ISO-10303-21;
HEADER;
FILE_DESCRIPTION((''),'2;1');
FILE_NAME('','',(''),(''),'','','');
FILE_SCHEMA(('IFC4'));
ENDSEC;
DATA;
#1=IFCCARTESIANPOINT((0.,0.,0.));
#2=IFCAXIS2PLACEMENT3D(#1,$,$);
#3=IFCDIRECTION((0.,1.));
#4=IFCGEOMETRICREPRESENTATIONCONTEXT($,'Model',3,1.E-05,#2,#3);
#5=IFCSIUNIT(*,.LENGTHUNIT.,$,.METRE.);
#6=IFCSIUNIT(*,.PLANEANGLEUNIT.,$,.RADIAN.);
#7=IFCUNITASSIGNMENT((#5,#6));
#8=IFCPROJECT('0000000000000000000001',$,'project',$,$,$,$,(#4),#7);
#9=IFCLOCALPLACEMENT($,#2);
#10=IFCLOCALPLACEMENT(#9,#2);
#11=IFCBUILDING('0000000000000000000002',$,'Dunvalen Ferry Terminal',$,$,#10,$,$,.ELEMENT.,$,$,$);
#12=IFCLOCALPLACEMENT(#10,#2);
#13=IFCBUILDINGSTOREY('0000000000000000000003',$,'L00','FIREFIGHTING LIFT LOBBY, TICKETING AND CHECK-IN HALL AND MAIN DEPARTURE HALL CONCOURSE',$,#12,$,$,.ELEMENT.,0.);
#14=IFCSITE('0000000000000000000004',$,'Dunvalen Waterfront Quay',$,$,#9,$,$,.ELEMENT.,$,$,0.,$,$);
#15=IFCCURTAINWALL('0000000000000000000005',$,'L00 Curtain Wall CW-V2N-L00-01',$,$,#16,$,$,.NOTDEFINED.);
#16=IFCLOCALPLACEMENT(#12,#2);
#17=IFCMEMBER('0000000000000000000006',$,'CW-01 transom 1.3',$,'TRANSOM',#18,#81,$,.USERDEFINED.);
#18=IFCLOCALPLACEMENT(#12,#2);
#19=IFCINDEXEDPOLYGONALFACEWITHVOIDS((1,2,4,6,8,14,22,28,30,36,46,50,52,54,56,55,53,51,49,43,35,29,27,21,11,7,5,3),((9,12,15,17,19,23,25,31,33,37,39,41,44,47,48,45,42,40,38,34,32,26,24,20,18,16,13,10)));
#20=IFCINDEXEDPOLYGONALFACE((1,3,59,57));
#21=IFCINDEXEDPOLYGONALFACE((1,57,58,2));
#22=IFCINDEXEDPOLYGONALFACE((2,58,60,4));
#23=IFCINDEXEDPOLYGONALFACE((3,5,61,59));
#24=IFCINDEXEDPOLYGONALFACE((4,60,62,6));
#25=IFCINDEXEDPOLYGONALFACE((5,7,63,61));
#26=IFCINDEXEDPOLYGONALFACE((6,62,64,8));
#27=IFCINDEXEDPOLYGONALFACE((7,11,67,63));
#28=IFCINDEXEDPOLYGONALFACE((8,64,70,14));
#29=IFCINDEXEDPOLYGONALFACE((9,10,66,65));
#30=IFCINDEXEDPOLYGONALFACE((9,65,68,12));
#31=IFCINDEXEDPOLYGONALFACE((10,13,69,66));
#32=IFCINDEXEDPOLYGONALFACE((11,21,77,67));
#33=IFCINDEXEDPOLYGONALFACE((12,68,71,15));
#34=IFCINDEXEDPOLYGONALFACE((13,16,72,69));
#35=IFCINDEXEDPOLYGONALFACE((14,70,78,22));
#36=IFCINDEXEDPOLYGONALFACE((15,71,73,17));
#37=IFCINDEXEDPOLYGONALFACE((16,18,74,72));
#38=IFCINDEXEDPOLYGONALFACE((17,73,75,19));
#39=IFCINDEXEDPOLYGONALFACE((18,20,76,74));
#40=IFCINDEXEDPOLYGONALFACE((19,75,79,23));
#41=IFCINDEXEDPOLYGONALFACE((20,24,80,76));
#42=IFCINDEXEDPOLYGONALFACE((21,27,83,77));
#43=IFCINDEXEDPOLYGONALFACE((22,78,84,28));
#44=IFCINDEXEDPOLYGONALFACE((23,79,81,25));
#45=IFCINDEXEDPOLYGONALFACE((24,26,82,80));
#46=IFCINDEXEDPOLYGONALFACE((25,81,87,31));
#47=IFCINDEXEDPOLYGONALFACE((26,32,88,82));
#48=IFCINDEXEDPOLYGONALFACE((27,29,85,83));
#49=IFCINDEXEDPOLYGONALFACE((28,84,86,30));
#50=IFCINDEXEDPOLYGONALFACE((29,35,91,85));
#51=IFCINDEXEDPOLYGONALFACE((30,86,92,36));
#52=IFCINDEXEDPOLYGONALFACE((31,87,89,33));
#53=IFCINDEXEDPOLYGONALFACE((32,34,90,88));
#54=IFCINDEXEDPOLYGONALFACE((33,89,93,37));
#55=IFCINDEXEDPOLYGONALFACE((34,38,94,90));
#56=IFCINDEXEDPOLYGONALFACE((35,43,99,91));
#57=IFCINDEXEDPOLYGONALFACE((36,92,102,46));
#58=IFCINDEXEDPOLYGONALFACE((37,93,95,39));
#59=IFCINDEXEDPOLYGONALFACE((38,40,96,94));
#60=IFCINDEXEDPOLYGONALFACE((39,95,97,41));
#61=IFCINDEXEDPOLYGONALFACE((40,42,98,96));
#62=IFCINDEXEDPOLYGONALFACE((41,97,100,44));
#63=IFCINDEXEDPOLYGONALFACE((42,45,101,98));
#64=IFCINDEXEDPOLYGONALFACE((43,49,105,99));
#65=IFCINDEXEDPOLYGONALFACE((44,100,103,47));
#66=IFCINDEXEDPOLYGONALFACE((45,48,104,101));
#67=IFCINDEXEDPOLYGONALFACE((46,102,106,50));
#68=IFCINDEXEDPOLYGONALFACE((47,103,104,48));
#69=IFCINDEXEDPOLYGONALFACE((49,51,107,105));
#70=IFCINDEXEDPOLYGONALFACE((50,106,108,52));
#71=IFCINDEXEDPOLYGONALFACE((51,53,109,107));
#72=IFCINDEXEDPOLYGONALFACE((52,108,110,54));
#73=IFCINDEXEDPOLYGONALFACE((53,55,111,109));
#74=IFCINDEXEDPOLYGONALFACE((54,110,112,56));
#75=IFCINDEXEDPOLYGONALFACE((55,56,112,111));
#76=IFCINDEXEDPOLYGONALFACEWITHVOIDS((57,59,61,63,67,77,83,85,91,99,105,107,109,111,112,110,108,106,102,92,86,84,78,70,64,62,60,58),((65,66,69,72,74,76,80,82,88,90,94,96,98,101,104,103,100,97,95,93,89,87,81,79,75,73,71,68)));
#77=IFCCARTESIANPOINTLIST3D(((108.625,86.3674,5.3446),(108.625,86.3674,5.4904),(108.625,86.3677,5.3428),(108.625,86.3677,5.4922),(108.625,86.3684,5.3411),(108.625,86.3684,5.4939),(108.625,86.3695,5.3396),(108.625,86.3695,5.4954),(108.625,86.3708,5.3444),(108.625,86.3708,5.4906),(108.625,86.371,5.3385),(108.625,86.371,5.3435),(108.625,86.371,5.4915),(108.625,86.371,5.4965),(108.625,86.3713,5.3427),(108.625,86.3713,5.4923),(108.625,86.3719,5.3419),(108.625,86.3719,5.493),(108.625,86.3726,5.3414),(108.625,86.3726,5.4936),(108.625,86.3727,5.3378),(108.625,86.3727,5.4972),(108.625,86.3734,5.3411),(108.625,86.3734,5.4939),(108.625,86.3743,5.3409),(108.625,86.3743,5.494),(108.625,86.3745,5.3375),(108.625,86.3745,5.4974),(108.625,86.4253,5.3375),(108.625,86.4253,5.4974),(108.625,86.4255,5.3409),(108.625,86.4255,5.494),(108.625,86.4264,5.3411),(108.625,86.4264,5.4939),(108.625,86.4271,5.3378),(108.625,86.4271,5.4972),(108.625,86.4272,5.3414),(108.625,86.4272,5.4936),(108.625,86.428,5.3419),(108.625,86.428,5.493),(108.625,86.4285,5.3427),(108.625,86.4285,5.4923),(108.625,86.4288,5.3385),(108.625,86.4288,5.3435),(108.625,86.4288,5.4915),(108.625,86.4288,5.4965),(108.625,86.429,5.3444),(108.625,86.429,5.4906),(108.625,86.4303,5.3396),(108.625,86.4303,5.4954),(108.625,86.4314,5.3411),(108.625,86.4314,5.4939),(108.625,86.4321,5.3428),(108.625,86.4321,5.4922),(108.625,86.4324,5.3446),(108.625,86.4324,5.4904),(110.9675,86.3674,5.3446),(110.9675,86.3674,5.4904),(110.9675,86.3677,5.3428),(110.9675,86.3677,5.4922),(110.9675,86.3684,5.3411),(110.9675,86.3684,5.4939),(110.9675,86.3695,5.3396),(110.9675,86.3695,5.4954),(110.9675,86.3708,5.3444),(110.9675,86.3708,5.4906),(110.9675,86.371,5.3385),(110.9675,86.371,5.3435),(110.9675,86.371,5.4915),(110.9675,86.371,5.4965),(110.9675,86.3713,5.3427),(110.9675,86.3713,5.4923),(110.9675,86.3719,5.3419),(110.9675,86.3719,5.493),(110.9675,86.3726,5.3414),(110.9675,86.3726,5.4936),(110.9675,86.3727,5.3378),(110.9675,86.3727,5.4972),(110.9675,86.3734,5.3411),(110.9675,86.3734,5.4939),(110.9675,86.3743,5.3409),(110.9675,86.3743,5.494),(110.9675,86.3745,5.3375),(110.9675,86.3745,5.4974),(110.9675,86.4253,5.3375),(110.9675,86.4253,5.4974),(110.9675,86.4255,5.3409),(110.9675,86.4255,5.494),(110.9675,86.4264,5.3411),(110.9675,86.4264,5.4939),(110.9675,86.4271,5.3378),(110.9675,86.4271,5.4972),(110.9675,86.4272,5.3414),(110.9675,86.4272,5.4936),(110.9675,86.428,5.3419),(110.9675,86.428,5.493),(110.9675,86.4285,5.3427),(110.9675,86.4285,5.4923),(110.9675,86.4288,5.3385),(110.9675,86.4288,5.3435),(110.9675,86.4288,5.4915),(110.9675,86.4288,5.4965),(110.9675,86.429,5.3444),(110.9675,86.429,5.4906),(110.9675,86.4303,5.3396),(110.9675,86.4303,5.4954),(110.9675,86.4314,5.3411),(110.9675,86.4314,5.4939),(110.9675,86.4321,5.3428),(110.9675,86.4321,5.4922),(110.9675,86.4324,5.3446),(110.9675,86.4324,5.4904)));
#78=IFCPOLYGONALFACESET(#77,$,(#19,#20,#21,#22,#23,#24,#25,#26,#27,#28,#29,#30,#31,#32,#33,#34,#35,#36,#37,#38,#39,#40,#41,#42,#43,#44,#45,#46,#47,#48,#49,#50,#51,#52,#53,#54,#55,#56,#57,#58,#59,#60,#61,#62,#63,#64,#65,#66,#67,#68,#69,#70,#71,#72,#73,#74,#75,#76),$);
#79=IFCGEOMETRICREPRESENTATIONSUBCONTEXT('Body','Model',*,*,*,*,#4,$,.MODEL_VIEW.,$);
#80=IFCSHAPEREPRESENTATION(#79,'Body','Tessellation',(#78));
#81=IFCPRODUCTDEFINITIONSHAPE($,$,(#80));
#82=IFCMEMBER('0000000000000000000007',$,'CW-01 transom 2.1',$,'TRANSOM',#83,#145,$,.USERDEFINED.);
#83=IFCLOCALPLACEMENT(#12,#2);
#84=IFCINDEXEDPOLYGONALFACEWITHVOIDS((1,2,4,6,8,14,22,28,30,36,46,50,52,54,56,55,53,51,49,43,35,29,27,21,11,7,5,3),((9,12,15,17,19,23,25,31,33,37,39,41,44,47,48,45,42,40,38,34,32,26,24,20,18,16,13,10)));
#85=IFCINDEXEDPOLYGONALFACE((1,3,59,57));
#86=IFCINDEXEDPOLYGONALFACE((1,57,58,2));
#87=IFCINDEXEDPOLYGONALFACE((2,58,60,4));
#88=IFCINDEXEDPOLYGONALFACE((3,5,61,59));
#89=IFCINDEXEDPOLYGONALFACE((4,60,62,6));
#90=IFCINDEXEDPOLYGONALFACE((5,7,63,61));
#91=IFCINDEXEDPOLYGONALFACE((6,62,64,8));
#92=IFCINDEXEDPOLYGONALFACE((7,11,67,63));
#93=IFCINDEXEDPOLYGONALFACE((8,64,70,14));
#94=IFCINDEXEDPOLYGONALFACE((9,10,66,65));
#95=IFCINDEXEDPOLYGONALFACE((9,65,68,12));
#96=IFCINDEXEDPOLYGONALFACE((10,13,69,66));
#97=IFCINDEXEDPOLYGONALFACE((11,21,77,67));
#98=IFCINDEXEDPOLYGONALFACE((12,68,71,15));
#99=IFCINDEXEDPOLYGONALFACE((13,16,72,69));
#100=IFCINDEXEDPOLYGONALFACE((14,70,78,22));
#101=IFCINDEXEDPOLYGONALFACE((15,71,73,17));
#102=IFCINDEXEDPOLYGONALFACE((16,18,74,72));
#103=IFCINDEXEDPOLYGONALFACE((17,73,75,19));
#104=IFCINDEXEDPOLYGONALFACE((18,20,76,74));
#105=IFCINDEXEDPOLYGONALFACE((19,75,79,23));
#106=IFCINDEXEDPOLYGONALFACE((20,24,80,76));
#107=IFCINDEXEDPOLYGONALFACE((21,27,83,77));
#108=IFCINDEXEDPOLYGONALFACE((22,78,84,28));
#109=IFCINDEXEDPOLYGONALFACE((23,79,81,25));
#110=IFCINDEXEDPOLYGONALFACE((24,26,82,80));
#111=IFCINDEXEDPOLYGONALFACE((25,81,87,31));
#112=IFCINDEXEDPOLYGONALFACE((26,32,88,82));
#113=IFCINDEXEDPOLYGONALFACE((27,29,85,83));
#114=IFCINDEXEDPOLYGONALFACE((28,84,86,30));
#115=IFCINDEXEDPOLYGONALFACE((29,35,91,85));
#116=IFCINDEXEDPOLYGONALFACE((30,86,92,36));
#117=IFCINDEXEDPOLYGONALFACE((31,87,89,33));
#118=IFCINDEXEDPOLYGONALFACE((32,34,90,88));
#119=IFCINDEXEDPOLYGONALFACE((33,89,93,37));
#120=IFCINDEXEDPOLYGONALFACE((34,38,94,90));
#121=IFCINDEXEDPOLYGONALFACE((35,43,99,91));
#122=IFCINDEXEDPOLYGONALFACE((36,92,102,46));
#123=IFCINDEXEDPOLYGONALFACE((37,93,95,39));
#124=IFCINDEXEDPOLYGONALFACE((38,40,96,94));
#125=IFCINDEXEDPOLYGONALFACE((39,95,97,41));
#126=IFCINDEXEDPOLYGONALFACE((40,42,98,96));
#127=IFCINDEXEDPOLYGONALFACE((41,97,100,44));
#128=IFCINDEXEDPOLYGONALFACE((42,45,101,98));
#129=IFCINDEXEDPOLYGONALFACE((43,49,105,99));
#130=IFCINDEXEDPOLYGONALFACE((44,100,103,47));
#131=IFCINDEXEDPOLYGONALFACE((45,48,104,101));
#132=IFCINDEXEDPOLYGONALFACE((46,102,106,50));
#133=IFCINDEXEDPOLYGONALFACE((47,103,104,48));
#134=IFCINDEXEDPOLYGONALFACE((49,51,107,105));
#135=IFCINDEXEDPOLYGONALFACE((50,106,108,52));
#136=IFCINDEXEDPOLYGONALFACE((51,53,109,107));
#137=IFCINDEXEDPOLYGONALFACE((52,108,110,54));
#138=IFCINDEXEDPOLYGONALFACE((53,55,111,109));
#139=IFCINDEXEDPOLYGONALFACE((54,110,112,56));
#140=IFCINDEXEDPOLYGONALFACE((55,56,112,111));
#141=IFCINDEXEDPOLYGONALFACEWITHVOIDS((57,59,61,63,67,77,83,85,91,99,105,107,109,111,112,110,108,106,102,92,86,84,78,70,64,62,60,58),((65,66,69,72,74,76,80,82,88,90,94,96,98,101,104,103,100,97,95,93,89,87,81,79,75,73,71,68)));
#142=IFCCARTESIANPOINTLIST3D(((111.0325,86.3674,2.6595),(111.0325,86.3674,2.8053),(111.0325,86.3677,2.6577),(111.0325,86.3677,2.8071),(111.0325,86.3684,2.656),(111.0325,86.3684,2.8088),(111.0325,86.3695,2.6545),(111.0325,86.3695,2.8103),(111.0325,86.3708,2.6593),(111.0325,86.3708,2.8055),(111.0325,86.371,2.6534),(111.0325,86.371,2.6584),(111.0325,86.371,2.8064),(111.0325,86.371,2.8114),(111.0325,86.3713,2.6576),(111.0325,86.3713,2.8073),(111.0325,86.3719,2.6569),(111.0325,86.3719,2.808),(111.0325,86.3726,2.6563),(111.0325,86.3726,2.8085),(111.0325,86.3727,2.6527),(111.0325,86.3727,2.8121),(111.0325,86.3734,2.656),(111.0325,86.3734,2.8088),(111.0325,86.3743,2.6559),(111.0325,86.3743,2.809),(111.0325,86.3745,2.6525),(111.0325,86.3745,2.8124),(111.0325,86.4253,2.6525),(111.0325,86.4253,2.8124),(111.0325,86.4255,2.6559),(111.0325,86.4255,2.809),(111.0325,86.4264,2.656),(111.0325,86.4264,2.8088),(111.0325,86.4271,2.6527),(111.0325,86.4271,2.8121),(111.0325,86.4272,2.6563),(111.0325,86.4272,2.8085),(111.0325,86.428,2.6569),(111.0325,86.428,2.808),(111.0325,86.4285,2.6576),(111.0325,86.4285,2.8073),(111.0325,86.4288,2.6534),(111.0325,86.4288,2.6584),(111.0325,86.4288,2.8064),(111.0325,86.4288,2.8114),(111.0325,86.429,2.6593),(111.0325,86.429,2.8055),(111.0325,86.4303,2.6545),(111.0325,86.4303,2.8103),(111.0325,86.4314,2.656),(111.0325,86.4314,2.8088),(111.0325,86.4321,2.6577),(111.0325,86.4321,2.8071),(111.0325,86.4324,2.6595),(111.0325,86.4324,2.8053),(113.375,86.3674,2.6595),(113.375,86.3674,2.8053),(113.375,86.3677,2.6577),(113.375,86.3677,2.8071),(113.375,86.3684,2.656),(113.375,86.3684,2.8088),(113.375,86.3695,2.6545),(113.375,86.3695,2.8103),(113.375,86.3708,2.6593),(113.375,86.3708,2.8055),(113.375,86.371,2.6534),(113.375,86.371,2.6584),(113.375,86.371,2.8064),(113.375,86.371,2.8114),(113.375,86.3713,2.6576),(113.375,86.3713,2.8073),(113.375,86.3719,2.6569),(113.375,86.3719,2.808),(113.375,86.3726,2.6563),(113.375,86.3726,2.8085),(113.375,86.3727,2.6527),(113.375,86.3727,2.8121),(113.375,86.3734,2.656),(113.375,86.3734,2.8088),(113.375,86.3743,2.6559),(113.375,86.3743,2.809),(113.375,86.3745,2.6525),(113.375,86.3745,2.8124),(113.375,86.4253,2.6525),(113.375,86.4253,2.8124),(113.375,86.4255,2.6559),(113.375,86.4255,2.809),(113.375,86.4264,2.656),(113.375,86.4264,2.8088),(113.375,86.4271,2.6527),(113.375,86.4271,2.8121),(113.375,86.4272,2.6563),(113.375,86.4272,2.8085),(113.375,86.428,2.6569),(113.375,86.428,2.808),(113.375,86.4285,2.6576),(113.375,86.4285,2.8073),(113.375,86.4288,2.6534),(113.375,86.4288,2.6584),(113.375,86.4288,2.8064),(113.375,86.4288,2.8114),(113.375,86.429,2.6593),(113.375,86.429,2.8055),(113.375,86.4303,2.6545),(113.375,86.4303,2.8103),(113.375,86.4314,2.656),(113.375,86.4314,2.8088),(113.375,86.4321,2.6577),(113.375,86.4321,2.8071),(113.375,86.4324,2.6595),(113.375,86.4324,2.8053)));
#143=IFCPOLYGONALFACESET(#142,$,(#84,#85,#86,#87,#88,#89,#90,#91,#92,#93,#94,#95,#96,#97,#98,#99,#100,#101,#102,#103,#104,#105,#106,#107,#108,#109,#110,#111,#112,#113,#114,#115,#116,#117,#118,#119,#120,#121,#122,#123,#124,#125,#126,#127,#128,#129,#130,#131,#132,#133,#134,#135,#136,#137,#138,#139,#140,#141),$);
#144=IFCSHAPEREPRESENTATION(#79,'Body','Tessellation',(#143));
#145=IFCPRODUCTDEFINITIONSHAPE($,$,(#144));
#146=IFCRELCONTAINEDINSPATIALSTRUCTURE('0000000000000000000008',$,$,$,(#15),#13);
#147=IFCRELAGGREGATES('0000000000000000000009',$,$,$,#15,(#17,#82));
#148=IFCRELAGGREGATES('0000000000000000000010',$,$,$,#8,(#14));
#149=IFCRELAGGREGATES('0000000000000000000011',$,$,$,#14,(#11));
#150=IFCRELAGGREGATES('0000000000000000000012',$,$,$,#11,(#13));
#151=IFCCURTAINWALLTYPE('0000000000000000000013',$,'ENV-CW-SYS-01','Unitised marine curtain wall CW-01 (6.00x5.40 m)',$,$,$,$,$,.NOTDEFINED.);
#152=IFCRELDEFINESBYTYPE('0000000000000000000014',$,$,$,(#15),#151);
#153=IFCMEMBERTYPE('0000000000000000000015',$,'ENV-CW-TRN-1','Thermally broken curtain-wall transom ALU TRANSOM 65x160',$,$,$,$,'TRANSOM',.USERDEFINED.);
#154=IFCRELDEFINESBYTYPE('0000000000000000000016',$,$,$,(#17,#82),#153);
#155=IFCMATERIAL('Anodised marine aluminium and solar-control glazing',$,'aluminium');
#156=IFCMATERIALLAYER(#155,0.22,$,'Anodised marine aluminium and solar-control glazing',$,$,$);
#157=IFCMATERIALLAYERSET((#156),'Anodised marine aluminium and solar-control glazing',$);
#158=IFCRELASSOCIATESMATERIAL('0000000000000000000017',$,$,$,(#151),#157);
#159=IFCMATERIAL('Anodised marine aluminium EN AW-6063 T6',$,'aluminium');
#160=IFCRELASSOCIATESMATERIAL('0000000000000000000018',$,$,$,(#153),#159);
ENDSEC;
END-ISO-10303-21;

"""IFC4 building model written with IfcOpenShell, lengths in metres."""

from ifc_helpers import new_model, si_unit, direction, frame, origin, origin_2d, place, context, subcontext, project, spatial, hollow_rectangle, extrude, material, layer, layer_set, material_profile, profile_set, type_object, element, aggregate, save


model = new_model("IFC4")

# Units and contexts
model_context = context("Model", 3, precision=1e-05, world=origin(), true_north=direction((0.0, 1.0)))
body_context = subcontext(model_context, "Body", "Model", "MODEL_VIEW")
ifc_project = project(units=[si_unit("LENGTHUNIT", "METRE"), si_unit("PLANEANGLEUNIT", "RADIAN")], contexts=[model_context])

# Site, building, storey
site_placement = place(None, origin())
site = spatial("IfcSite", under=ifc_project, at=site_placement, Name="Dunvalen Waterfront Quay", CompositionType="ELEMENT", RefElevation=0.0)
building_placement = place(site_placement, origin())
building = spatial("IfcBuilding", under=site, at=building_placement, Name="Dunvalen Ferry Terminal", CompositionType="ELEMENT")
storey_placement = place(building_placement, origin())
storey = spatial("IfcBuildingStorey", under=building, at=storey_placement, Name="L00", Description="FIREFIGHTING LIFT LOBBY, TICKETING AND CHECK-IN HALL AND MAIN DEPARTURE HALL CONCOURSE", CompositionType="ELEMENT", Elevation=0.0)

# Curtain wall
ifc_material_1 = material(Name="Anodised marine aluminium and solar-control glazing", Category="aluminium")
ifc_layer_1 = layer(ifc_material_1, 0.22, Name="Anodised marine aluminium and solar-control glazing")
ifc_layer_set_1 = layer_set([ifc_layer_1], Name="Anodised marine aluminium and solar-control glazing")
curtain_wall_type = type_object("IfcCurtainWallType", Name="ENV-CW-SYS-01", Description="Unitised marine curtain wall CW-01 (6.00x5.40 m)", PredefinedType="NOTDEFINED", material=ifc_layer_set_1)
curtain_wall_1_placement = place(storey_placement, origin())
curtain_wall_1 = element("IfcCurtainWall", 1, at=curtain_wall_1_placement, inside=storey, type_object=curtain_wall_type, Name="L00 Curtain Wall CW-V2N-L00-01", PredefinedType="NOTDEFINED")
ifc_material_2 = material(Name="Anodised marine aluminium EN AW-6063 T6", Category="aluminium")

# Members
ifc_material_profile_1 = material_profile(ifc_material_2, hollow_rectangle(XDim=0.0649, YDim=0.1599, WallThickness=0.0034, InnerFilletRadius=0.0034, OuterFilletRadius=0.0071, at=origin_2d()), Name="Anodised marine aluminium EN AW-6063 T6")
ifc_profile_set_1 = profile_set([ifc_material_profile_1], Name="Anodised marine aluminium EN AW-6063 T6")
member_type_1 = type_object("IfcMemberType", Name="ENV-CW-TRN-1", Description="Thermally broken curtain-wall transom ALU TRANSOM 65x160", ElementType="TRANSOM", PredefinedType="USERDEFINED", material=ifc_profile_set_1)
member_1_placement = place(storey_placement, frame((108.625, 86.3999, 5.4175), z_axis=(1.0, 0.0, 0.0), x_axis=(0.0, 1.0, 0.0)))
member_1 = element("IfcMember", 2, at=member_1_placement, type_object=member_type_1, Name="CW-01 transom 1.3", ObjectType="TRANSOM", PredefinedType="USERDEFINED", context=body_context, shape_type="SweptSolid", body=[
    extrude(hollow_rectangle(XDim=0.0649, YDim=0.1599, WallThickness=0.0034, InnerFilletRadius=0.0034, OuterFilletRadius=0.0071, at=origin_2d()), origin(), (0.0, 0.0, 1.0), 2.3425),
])
member_2_placement = place(storey_placement, frame((111.0325, 86.3999, 2.7324), z_axis=(1.0, 0.0, 0.0), x_axis=(0.0, 1.0, 0.0)))
member_2 = element("IfcMember", 3, at=member_2_placement, type_object=member_type_1, Name="CW-01 transom 2.1", ObjectType="TRANSOM", PredefinedType="USERDEFINED", context=body_context, shape_type="SweptSolid", body=[
    extrude(hollow_rectangle(XDim=0.0649, YDim=0.1599, WallThickness=0.0034, InnerFilletRadius=0.0034, OuterFilletRadius=0.0071, at=origin_2d()), origin(), (0.0, 0.0, 1.0), 2.3425),
])

aggregate(curtain_wall_1, [member_1, member_2])

save(model, "model.ifc")
